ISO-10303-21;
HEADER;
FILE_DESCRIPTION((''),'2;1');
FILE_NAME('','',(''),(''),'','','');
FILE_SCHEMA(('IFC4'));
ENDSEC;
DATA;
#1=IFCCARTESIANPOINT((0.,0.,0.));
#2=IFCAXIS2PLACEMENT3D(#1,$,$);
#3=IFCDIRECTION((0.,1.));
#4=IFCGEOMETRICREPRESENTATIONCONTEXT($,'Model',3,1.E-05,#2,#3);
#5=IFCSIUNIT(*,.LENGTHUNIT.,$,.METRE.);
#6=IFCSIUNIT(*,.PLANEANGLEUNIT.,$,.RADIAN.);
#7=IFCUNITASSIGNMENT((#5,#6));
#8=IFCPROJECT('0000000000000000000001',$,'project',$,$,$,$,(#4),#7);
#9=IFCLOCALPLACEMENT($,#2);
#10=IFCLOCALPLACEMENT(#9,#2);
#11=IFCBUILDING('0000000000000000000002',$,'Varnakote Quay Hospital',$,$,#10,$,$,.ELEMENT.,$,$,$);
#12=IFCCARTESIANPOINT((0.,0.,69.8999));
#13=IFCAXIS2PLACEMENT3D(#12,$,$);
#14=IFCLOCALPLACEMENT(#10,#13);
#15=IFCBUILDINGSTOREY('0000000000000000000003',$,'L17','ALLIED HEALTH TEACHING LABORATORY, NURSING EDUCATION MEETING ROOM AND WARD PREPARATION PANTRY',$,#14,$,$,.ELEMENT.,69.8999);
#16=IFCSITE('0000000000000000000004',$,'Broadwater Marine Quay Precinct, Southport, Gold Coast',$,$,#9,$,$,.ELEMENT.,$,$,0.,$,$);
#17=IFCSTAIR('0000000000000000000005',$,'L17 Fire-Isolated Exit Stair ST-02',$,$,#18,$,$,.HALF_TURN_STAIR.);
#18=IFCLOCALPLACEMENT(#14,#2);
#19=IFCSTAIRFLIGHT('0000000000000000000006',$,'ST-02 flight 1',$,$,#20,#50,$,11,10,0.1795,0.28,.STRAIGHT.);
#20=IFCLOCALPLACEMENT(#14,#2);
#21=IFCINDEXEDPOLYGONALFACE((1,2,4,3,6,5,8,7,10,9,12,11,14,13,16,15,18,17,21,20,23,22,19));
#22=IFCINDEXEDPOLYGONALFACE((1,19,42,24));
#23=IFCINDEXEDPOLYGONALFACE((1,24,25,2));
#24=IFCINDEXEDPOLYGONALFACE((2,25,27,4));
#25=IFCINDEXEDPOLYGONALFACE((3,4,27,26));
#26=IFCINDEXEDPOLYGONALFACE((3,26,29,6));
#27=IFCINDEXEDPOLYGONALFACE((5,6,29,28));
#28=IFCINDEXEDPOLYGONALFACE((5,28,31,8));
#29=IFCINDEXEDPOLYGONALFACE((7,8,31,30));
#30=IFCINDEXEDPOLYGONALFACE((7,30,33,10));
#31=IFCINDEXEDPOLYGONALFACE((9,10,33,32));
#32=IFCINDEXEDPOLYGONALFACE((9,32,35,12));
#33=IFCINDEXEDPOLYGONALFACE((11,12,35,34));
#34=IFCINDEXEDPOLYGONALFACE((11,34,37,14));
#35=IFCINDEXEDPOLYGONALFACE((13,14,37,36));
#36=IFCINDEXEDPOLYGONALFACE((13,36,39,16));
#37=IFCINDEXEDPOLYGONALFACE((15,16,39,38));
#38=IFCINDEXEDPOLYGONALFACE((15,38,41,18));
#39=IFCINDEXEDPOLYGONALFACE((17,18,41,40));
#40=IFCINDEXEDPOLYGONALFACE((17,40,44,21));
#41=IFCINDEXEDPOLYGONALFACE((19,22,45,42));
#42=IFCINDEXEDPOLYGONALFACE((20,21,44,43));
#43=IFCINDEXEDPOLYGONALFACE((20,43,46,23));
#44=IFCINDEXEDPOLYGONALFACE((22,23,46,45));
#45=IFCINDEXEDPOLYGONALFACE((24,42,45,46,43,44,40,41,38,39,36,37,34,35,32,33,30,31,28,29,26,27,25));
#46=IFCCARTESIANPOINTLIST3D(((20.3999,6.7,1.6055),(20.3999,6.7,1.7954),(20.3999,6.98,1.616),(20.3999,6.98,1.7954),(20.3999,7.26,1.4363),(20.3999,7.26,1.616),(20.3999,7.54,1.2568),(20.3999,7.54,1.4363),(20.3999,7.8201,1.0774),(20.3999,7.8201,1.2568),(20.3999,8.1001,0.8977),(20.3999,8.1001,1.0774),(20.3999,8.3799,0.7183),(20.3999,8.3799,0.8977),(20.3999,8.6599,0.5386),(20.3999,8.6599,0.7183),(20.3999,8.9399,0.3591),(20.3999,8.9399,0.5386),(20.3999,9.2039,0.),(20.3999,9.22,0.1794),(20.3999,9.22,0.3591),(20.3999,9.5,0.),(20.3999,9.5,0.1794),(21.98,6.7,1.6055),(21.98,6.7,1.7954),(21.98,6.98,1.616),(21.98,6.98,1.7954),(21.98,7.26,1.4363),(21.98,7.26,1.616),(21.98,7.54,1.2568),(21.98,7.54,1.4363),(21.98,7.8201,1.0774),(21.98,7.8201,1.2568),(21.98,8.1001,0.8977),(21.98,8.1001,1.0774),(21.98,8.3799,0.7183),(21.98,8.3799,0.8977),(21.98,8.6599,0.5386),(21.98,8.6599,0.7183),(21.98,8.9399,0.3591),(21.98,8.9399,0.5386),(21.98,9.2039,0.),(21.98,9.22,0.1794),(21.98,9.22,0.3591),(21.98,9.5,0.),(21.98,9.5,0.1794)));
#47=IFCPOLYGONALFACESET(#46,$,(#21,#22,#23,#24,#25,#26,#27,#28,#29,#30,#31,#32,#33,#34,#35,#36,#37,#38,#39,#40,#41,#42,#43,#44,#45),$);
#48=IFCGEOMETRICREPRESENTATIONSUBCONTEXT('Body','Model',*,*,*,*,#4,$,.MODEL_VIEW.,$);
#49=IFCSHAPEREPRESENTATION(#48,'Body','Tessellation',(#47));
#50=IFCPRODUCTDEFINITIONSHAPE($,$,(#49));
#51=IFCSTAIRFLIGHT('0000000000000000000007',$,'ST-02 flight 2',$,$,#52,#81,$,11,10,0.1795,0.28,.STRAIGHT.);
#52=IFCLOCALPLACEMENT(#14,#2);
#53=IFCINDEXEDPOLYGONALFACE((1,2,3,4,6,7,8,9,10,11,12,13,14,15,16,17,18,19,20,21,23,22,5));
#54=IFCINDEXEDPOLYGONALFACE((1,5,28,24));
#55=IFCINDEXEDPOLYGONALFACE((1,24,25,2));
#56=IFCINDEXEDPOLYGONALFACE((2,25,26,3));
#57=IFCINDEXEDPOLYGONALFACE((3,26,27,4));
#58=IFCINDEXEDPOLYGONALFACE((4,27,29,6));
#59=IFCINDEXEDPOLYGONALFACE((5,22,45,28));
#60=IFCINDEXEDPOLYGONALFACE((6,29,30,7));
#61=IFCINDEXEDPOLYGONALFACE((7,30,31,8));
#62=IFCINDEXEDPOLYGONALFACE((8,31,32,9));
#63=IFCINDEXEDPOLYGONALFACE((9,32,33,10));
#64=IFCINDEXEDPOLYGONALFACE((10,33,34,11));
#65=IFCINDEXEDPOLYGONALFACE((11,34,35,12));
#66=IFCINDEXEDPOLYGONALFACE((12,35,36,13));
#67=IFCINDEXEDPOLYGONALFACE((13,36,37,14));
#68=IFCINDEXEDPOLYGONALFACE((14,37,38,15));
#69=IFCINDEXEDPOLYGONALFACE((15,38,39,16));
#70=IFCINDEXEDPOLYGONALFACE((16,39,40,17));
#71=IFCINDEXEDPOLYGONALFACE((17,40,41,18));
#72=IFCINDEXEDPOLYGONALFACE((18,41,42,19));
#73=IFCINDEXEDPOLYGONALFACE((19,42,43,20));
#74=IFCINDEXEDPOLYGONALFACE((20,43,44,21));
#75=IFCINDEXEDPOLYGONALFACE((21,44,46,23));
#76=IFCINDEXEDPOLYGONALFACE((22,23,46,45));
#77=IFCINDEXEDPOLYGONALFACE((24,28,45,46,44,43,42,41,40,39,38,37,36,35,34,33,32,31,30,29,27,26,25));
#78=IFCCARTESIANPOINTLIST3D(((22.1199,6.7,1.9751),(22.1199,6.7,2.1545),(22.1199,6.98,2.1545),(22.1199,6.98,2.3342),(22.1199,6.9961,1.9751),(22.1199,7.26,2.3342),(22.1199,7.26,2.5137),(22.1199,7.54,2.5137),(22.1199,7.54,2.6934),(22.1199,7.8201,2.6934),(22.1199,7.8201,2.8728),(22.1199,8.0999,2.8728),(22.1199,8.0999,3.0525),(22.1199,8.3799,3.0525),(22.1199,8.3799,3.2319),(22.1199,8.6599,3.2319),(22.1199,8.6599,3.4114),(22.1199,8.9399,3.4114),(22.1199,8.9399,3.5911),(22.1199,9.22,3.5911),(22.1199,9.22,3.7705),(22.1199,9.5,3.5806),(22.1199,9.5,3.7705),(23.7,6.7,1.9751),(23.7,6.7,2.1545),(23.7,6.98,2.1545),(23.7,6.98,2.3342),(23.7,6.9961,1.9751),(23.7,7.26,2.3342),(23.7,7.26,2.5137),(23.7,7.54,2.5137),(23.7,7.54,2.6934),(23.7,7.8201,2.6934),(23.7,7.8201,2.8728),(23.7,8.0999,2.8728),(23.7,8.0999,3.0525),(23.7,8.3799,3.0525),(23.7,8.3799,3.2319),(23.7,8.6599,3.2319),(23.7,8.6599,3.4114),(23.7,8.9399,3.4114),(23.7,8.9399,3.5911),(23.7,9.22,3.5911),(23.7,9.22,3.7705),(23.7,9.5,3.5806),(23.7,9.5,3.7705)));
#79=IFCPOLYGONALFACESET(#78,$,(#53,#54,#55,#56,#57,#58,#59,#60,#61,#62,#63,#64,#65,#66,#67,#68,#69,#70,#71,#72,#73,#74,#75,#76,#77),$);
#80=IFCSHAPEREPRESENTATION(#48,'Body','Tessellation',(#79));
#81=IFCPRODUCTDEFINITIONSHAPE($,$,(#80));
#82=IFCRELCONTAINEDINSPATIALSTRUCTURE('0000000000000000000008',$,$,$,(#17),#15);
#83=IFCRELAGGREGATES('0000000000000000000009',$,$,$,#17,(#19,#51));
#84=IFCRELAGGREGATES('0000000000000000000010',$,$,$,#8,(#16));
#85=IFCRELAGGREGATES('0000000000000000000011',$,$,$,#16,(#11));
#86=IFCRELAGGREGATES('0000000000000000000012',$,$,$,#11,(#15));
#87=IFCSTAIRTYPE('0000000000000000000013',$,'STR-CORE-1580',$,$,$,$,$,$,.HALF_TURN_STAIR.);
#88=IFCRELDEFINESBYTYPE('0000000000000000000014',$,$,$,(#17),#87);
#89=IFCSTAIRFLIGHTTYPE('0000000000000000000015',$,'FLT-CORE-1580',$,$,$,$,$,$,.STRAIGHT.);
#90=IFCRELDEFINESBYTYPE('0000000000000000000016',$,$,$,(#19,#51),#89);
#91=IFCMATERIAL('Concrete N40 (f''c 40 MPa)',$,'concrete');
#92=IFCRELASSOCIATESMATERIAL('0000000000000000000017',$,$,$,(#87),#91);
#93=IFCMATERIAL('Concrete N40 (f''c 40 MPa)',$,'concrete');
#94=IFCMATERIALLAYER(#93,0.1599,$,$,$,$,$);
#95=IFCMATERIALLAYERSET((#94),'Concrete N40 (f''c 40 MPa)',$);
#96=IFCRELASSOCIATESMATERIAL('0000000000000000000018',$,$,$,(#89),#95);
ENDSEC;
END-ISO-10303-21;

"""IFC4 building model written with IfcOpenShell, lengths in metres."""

from ifc_helpers import new_model, si_unit, direction, frame, origin, place, context, subcontext, project, spatial, polyline, outline, extrude, material, layer, layer_set, type_object, element, aggregate, save


model = new_model("IFC4")

# Units and contexts
model_context = context("Model", 3, precision=1e-05, world=origin(), true_north=direction((0.0, 1.0)))
body_context = subcontext(model_context, "Body", "Model", "MODEL_VIEW")
ifc_project = project(units=[si_unit("LENGTHUNIT", "METRE"), si_unit("PLANEANGLEUNIT", "RADIAN")], contexts=[model_context])

# Site, building, storey
site_placement = place(None, origin())
site = spatial("IfcSite", under=ifc_project, at=site_placement, Name="Broadwater Marine Quay Precinct, Southport, Gold Coast", CompositionType="ELEMENT", RefElevation=0.0)
building_placement = place(site_placement, origin())
building = spatial("IfcBuilding", under=site, at=building_placement, Name="Varnakote Quay Hospital", CompositionType="ELEMENT")
storey_placement = place(building_placement, frame((0.0, 0.0, 69.8999)))
storey = spatial("IfcBuildingStorey", under=building, at=storey_placement, Name="L17", Description="ALLIED HEALTH TEACHING LABORATORY, NURSING EDUCATION MEETING ROOM AND WARD PREPARATION PANTRY", CompositionType="ELEMENT", Elevation=69.8999)

# Stair, stair flights
ifc_material_1 = material(Name="Concrete N40 (f'c 40 MPa)", Category="concrete")
stair_type = type_object("IfcStairType", Name="STR-CORE-1580", PredefinedType="HALF_TURN_STAIR", material=ifc_material_1)
stair_placement = place(storey_placement, origin())
stair = element("IfcStair", 1, at=stair_placement, inside=storey, type_object=stair_type, Name="L17 Fire-Isolated Exit Stair ST-02", PredefinedType="HALF_TURN_STAIR")
ifc_material_2 = material(Name="Concrete N40 (f'c 40 MPa)", Category="concrete")
ifc_layer_1 = layer(ifc_material_2, 0.1599)
ifc_layer_set_1 = layer_set([ifc_layer_1], Name="Concrete N40 (f'c 40 MPa)")
stair_flight_type = type_object("IfcStairFlightType", Name="FLT-CORE-1580", PredefinedType="STRAIGHT", material=ifc_layer_set_1)
stair_flight_1_placement = place(storey_placement, frame((21.1899, 9.5, 0.0), z_axis=(0.0, 0.0, 1.0), x_axis=(0.0, -1.0, 0.0)))
stair_flight_1 = element("IfcStairFlight", 2, at=stair_flight_1_placement, type_object=stair_flight_type, Name="ST-02 flight 1", NumberOfRisers=11, NumberOfTreads=10, PredefinedType="STRAIGHT", RiserHeight=0.1795, TreadLength=0.28, context=body_context, shape_type="SweptSolid", body=[
    extrude(outline(polyline([(0.0, 0.0), (0.0, 0.1794), (0.28, 0.1794), (0.28, 0.3591), (0.5601, 0.3591), (0.5601, 0.5386), (0.8401, 0.5386), (0.8401, 0.7183), (1.1201, 0.7183), (1.1201, 0.8977), (1.3999, 0.8977), (1.3999, 1.0774), (1.6799, 1.0774), (1.6799, 1.2568), (1.96, 1.2568), (1.96, 1.4363), (2.24, 1.4363), (2.24, 1.616), (2.52, 1.616), (2.52, 1.7954), (2.8, 1.7954), (2.8, 1.9751), (2.8, 1.6055), (0.2961, 0.0), (0.0, 0.0)])), frame((0.0, 0.79, 0.0), z_axis=(0.0, -1.0, 0.0), x_axis=(1.0, 0.0, 0.0)), (0.0, 0.0, 1.0), 1.5801),
])
stair_flight_2_placement = place(storey_placement, frame((22.9099, 6.7, 1.9751), z_axis=(0.0, 0.0, 1.0), x_axis=(0.0, 1.0, 0.0)))
stair_flight_2 = element("IfcStairFlight", 3, at=stair_flight_2_placement, type_object=stair_flight_type, Name="ST-02 flight 2", NumberOfRisers=11, NumberOfTreads=10, PredefinedType="STRAIGHT", RiserHeight=0.1795, TreadLength=0.28, context=body_context, shape_type="SweptSolid", body=[
    extrude(outline(polyline([(0.0, 0.0), (0.0, 0.1794), (0.28, 0.1794), (0.28, 0.3591), (0.5601, 0.3591), (0.5601, 0.5386), (0.8401, 0.5386), (0.8401, 0.7183), (1.1201, 0.7183), (1.1201, 0.8977), (1.3999, 0.8977), (1.3999, 1.0774), (1.6799, 1.0774), (1.6799, 1.2568), (1.96, 1.2568), (1.96, 1.4363), (2.24, 1.4363), (2.24, 1.616), (2.52, 1.616), (2.52, 1.7954), (2.8, 1.7954), (2.8, 1.9751), (2.8, 1.6055), (0.2961, 0.0), (0.0, 0.0)])), frame((0.0, 0.79, 0.0), z_axis=(0.0, -1.0, 0.0), x_axis=(1.0, 0.0, 0.0)), (0.0, 0.0, 1.0), 1.5801),
])
aggregate(stair, [stair_flight_1, stair_flight_2])

save(model, "model.ifc")
